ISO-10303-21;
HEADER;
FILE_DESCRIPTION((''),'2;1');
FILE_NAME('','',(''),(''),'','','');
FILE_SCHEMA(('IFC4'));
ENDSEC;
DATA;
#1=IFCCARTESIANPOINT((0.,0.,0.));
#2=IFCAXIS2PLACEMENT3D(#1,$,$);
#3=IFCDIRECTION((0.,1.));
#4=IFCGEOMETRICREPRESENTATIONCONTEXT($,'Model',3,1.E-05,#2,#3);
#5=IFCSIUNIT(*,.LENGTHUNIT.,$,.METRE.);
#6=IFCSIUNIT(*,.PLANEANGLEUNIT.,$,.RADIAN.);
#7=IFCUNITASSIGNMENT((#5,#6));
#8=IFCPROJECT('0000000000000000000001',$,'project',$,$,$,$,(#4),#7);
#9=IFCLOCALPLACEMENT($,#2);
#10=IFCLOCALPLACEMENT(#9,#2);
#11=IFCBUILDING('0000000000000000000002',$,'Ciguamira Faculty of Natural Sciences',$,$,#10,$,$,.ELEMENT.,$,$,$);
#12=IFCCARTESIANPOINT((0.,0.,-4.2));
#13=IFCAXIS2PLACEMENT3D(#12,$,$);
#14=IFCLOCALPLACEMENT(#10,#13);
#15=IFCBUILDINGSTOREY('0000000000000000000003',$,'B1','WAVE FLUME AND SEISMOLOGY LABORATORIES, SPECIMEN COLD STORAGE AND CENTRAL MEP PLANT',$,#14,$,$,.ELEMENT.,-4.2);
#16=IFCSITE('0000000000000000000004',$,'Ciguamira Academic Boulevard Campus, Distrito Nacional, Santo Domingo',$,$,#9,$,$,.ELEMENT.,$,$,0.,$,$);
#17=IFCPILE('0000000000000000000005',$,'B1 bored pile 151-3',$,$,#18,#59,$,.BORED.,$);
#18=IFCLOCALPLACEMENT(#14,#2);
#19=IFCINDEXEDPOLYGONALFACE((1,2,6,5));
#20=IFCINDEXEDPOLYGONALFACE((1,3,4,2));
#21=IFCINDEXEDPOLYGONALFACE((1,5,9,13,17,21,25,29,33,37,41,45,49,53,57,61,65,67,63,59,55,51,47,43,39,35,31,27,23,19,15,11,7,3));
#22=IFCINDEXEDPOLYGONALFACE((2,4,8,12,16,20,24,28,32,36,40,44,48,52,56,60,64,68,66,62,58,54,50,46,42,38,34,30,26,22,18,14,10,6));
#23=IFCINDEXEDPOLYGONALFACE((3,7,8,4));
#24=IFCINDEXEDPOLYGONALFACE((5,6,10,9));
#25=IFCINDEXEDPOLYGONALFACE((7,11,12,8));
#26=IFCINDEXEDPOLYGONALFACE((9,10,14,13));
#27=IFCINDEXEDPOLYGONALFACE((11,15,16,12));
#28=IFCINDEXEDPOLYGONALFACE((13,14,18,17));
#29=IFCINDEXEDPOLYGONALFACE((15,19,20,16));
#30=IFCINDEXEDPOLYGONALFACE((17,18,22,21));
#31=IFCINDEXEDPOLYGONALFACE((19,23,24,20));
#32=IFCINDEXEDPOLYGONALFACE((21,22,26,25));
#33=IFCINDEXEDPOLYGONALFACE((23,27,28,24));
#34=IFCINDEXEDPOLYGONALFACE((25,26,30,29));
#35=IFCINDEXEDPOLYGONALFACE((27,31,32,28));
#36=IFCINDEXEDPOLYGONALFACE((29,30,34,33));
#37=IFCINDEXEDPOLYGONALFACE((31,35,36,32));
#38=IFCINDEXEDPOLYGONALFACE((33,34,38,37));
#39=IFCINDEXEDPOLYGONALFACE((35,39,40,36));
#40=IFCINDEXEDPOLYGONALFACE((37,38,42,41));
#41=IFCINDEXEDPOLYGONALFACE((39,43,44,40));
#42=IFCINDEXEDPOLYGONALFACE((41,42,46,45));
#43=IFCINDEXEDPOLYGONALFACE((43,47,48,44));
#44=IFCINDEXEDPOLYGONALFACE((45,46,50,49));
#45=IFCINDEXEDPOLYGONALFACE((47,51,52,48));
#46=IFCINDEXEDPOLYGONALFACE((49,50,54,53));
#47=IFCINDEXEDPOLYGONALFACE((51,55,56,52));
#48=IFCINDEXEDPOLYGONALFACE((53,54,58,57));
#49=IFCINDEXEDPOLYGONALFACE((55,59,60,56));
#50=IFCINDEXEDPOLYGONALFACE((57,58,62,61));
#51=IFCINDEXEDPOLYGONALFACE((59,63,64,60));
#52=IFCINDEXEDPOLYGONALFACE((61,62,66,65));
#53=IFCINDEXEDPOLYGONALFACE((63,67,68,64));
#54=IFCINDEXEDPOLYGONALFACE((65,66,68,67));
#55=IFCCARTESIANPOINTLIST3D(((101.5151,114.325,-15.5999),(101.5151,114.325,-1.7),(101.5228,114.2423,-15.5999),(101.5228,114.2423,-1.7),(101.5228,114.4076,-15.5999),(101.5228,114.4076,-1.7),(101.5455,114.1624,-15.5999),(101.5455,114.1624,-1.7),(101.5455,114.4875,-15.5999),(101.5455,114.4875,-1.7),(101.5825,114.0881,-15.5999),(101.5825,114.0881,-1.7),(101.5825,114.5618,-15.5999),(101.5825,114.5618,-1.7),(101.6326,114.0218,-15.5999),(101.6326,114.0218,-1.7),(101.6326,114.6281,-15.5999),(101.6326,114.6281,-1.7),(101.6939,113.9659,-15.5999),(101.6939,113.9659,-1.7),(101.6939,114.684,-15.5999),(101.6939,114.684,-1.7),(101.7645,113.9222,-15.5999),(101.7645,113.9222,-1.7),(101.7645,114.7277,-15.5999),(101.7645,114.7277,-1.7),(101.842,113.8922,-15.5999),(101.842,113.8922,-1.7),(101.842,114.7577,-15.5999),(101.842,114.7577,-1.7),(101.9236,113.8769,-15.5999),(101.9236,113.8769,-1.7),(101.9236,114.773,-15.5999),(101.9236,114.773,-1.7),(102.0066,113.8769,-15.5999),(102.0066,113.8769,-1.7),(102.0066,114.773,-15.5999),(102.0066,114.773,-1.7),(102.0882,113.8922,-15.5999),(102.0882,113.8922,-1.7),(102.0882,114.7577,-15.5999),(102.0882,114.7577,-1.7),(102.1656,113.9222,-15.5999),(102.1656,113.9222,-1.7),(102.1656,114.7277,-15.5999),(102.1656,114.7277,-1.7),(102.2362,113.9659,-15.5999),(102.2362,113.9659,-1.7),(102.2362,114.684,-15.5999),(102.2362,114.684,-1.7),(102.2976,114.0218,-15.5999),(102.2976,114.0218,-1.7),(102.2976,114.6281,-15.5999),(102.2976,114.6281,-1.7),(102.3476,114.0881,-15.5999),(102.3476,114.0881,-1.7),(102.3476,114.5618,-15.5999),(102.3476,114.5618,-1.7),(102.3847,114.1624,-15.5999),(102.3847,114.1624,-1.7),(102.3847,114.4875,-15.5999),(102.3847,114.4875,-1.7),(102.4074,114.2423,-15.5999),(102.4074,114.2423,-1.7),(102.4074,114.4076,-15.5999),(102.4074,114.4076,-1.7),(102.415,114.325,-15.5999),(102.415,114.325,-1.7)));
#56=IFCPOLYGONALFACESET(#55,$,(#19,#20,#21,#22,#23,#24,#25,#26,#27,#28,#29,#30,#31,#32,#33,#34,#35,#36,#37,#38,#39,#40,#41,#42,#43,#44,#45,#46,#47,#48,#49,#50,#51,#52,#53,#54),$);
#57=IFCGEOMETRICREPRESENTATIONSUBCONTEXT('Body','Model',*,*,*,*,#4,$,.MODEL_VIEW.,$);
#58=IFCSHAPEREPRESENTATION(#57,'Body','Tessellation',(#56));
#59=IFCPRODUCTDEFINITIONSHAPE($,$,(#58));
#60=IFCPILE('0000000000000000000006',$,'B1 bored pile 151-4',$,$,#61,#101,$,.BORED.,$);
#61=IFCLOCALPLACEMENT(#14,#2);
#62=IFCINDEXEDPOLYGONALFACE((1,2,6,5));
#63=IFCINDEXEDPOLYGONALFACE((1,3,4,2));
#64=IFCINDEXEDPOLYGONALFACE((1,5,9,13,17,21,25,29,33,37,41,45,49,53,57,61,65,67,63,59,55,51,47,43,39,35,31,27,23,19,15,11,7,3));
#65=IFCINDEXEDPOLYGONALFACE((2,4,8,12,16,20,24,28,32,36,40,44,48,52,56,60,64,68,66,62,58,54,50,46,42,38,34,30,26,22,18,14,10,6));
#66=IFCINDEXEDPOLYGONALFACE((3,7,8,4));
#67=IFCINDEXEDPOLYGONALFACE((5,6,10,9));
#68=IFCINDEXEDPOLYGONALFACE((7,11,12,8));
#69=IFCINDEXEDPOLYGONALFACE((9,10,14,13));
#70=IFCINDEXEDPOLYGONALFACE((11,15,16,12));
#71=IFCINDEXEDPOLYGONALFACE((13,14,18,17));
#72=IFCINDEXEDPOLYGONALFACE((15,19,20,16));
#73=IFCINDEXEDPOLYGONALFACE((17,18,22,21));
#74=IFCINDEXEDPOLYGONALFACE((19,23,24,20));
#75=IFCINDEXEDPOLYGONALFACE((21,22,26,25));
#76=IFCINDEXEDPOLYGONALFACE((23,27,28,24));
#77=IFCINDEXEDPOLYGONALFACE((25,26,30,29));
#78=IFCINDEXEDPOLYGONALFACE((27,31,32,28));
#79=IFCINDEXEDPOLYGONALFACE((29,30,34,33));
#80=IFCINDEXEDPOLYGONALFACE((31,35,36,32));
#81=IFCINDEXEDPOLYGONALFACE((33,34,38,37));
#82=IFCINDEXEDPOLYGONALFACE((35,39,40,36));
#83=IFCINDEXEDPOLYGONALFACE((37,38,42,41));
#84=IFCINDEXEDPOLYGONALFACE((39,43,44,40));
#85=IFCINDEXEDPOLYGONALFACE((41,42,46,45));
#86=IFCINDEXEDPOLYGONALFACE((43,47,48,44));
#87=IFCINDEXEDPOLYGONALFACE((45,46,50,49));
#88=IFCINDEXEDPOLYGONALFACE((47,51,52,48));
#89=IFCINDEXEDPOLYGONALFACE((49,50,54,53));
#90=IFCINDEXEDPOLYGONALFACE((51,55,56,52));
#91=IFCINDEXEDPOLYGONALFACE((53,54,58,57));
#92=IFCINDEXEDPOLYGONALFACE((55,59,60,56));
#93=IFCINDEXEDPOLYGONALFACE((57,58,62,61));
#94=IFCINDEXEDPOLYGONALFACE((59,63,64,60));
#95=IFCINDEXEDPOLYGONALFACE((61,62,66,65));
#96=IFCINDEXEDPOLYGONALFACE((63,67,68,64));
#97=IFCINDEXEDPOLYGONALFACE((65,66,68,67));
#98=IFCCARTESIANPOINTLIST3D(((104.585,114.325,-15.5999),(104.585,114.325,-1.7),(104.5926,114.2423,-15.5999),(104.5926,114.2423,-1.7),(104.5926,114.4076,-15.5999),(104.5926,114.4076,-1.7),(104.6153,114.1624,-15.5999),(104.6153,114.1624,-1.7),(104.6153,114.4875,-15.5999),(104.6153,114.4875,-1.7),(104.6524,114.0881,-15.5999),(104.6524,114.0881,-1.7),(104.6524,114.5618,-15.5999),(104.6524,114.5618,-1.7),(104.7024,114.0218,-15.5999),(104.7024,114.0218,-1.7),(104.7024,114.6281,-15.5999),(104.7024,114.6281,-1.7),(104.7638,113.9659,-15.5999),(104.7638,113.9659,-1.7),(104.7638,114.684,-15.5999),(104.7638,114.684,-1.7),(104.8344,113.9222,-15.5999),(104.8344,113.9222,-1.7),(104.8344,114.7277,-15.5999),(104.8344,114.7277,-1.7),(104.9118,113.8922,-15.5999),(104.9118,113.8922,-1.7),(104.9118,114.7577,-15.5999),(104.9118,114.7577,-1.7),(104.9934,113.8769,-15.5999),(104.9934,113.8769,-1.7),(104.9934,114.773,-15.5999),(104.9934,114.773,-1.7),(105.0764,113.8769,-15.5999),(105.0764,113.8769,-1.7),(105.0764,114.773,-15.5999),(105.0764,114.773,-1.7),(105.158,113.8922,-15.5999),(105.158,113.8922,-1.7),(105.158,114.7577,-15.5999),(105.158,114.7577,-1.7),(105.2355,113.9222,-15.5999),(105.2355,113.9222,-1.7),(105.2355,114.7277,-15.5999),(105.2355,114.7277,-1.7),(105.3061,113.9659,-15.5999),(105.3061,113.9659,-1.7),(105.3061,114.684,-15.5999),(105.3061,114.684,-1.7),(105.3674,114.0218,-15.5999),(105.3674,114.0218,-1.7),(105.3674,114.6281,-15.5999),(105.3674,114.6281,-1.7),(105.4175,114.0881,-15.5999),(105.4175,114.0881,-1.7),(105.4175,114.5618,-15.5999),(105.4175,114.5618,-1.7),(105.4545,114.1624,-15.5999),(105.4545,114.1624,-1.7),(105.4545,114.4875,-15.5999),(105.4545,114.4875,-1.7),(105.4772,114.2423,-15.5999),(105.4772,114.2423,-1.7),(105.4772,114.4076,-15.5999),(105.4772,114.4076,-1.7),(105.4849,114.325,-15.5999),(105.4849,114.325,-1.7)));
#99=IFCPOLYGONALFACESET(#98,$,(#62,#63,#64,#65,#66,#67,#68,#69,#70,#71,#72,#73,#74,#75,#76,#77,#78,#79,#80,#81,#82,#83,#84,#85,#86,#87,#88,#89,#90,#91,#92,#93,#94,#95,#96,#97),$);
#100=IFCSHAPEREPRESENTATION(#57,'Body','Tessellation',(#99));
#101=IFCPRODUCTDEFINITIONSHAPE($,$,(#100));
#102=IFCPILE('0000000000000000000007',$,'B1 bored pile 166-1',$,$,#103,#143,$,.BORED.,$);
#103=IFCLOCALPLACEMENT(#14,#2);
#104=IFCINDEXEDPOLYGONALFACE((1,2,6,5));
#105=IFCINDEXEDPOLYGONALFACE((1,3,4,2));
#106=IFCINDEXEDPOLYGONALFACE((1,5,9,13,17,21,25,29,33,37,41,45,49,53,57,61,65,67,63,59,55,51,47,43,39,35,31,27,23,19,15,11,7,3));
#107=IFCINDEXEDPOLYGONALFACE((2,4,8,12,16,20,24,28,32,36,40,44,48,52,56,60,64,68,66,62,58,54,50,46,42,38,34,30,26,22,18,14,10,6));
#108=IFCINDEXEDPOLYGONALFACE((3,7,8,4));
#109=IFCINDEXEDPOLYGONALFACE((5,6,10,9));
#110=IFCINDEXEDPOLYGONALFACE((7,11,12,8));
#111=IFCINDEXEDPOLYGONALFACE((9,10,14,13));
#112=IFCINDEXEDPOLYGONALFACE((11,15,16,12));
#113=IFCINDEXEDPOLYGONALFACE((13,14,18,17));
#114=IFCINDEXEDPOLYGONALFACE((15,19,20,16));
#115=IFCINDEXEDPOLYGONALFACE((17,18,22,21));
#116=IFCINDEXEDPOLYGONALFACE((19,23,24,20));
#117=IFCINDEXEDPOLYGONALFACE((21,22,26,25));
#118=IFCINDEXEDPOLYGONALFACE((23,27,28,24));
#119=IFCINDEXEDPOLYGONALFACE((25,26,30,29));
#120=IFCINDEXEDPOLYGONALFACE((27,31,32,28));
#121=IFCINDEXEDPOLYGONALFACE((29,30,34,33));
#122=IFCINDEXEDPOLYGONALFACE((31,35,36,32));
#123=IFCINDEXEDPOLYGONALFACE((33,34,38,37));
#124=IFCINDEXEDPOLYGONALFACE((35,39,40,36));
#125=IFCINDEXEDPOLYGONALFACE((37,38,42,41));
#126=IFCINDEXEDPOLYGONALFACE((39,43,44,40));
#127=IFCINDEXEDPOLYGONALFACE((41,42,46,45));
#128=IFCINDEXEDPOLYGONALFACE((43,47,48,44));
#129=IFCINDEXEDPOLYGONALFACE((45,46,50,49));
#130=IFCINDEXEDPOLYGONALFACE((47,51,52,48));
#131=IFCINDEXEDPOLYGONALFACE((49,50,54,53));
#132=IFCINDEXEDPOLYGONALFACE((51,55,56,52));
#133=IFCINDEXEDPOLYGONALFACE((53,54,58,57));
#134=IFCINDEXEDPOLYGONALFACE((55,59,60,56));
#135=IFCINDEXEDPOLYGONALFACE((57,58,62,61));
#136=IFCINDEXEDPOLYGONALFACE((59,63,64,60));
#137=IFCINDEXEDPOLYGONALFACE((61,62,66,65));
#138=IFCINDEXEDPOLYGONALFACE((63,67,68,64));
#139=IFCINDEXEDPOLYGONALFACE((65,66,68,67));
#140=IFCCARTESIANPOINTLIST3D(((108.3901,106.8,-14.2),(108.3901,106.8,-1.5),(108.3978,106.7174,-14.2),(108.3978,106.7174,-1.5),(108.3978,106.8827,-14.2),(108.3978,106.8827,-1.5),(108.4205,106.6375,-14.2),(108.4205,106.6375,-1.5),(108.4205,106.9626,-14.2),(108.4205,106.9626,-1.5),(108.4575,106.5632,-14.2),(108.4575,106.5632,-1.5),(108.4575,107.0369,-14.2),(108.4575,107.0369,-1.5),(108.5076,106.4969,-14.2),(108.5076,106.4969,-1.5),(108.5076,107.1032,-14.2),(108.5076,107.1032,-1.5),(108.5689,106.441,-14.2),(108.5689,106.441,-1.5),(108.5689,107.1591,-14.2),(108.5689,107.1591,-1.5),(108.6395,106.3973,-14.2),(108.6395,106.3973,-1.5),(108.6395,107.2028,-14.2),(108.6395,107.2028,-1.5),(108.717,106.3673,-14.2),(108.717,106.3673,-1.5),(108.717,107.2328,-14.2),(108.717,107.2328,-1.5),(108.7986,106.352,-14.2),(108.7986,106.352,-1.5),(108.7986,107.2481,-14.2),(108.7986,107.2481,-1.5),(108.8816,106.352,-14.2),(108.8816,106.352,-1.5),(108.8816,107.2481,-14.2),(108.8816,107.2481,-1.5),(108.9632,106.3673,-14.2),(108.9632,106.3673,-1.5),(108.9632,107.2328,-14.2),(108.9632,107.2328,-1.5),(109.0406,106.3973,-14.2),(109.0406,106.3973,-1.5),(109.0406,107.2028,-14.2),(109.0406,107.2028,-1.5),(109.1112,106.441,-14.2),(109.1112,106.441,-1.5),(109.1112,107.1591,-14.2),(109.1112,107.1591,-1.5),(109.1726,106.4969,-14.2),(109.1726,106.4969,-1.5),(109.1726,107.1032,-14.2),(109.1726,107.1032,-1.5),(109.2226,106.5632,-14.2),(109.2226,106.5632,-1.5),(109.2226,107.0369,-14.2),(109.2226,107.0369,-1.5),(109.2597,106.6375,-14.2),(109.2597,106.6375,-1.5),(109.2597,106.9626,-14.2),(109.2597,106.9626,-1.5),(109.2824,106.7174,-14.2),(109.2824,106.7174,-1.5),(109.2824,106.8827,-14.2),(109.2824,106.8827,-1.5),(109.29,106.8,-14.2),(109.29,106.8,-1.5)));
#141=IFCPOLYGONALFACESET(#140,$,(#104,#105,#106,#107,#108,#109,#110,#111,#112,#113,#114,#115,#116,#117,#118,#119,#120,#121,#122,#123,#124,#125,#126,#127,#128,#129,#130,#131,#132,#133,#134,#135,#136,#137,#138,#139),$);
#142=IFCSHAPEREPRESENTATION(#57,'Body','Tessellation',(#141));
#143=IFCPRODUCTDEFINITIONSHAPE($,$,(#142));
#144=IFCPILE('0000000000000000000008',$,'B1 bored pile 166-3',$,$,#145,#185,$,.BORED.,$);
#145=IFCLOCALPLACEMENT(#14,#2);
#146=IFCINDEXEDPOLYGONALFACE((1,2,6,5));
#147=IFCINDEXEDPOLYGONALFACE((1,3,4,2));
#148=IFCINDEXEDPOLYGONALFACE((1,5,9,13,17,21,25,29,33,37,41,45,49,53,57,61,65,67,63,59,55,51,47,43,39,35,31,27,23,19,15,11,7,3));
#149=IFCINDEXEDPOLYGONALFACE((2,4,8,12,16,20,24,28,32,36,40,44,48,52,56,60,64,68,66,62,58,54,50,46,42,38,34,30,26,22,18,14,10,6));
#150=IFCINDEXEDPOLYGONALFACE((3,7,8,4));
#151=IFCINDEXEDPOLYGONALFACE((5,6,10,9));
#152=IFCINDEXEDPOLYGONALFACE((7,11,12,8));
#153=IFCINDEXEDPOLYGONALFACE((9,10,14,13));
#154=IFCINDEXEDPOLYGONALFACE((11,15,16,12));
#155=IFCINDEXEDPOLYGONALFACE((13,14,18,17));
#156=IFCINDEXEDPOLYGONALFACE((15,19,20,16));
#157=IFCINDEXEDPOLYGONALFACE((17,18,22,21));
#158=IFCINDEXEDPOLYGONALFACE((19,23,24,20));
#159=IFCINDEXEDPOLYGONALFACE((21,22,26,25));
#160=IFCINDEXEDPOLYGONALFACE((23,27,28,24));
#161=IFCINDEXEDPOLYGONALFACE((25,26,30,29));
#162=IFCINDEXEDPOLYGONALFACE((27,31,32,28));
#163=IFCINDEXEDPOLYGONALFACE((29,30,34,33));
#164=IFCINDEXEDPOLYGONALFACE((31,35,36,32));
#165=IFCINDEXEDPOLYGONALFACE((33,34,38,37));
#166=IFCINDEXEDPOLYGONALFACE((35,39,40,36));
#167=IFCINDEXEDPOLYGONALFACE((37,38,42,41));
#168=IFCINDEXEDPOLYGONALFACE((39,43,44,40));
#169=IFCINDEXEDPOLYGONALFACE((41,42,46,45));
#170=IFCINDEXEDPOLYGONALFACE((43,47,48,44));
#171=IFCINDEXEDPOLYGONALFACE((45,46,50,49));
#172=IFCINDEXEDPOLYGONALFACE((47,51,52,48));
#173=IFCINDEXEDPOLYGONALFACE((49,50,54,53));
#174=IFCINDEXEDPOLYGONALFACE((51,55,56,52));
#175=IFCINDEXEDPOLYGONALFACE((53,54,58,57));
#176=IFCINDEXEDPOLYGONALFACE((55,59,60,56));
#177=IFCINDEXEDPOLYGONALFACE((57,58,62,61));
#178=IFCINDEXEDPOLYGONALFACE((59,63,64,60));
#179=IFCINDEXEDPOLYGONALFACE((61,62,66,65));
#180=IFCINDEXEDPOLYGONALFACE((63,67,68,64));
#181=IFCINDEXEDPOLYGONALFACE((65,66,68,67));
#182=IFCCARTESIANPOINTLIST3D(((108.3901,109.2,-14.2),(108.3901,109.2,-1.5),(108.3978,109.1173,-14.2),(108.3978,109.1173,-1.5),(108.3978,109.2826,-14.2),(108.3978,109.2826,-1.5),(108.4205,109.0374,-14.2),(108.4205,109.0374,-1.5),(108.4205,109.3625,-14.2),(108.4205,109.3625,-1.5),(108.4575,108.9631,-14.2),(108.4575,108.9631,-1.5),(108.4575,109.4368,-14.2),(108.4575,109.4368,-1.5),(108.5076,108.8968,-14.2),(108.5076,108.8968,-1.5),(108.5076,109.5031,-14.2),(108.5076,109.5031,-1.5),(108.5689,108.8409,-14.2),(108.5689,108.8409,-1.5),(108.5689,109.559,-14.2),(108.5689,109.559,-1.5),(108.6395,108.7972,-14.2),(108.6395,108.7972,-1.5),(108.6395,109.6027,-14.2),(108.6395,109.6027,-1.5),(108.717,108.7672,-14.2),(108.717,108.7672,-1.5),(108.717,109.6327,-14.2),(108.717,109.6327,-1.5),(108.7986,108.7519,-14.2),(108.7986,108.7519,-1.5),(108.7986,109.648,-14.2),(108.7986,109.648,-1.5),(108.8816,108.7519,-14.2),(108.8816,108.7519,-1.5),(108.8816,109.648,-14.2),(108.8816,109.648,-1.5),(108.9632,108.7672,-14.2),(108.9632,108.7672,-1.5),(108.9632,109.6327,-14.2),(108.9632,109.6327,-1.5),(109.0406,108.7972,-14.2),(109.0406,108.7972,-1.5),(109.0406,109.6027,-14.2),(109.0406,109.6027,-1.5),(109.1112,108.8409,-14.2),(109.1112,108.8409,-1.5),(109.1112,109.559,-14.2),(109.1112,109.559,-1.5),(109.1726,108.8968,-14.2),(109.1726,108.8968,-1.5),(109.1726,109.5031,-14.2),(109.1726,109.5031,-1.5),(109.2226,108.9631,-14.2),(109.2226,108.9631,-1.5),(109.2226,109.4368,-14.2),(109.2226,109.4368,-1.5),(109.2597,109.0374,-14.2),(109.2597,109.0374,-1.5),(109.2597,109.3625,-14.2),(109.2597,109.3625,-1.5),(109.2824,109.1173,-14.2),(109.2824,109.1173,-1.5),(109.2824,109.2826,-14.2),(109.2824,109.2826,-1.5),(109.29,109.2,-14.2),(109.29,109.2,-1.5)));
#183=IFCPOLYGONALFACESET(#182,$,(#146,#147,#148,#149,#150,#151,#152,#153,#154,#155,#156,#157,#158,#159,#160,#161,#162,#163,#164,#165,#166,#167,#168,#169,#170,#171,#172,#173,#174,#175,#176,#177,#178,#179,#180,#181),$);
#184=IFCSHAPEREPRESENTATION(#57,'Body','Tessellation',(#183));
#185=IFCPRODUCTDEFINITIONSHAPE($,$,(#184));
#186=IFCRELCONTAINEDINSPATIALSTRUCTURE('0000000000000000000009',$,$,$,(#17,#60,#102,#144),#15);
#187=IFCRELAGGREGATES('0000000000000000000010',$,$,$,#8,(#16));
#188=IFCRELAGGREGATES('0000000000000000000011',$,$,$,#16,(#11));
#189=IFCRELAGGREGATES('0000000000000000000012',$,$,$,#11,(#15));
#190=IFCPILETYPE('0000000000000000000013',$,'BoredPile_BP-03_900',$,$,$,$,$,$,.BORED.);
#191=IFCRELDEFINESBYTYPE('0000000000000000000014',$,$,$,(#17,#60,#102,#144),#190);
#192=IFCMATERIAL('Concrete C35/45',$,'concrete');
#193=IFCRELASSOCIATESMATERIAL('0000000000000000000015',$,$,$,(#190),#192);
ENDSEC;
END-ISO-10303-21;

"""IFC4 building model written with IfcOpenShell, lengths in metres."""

from ifc_helpers import new_model, si_unit, direction, frame, origin, origin_2d, place, context, subcontext, project, spatial, circle, extrude, material, material_profile, profile_set, type_object, element, save


model = new_model("IFC4")

# Units and contexts
model_context = context("Model", 3, precision=1e-05, world=origin(), true_north=direction((0.0, 1.0)))
body_context = subcontext(model_context, "Body", "Model", "MODEL_VIEW")
ifc_project = project(units=[si_unit("LENGTHUNIT", "METRE"), si_unit("PLANEANGLEUNIT", "RADIAN")], contexts=[model_context])

# Site, building, storey
site_placement = place(None, origin())
site = spatial("IfcSite", under=ifc_project, at=site_placement, Name="Ciguamira Academic Boulevard Campus, Distrito Nacional, Santo Domingo", CompositionType="ELEMENT", RefElevation=0.0)
building_placement = place(site_placement, origin())
building = spatial("IfcBuilding", under=site, at=building_placement, Name="Ciguamira Faculty of Natural Sciences", CompositionType="ELEMENT")
storey_placement = place(building_placement, frame((0.0, 0.0, -4.2)))
storey = spatial("IfcBuildingStorey", under=building, at=storey_placement, Name="B1", Description="WAVE FLUME AND SEISMOLOGY LABORATORIES, SPECIMEN COLD STORAGE AND CENTRAL MEP PLANT", CompositionType="ELEMENT", Elevation=-4.2)

# Piles
ifc_material_1 = material(Name="Concrete C35/45", Category="concrete")
ifc_material_profile_1 = material_profile(ifc_material_1, circle(Radius=0.45, at=origin_2d()), Name="PILE-BORED-900")
ifc_profile_set_1 = profile_set([ifc_material_profile_1], Name="Concrete C35/45")
pile_type_1 = type_object("IfcPileType", Name="BoredPile_BP-03_900", PredefinedType="BORED", material=ifc_profile_set_1)
for number, where, z_axis, x_axis, name in (
    (1, (101.9651, 114.325, -1.7), (0.0, 0.0, -1.0), (1.0, 0.0, 0.0), "B1 bored pile 151-3"),
    (2, (105.0349, 114.325, -1.7), (0.0, 0.0, -1.0), (1.0, 0.0, 0.0), "B1 bored pile 151-4"),
):
    element("IfcPile", number, at=place(storey_placement, frame(where, z_axis=z_axis, x_axis=x_axis)), inside=storey, type_object=pile_type_1, Name=name, PredefinedType="BORED", context=body_context, shape_type="SweptSolid", body=[
        extrude(circle(Radius=0.45, at=origin_2d()), origin(), (0.0, 0.0, 1.0), 13.8999),
    ])
for number, where, z_axis, x_axis, name in (
    (3, (108.8401, 106.8, -1.5), (0.0, 0.0, -1.0), (1.0, 0.0, 0.0), "B1 bored pile 166-1"),
    (4, (108.8401, 109.2, -1.5), (0.0, 0.0, -1.0), (1.0, 0.0, 0.0), "B1 bored pile 166-3"),
):
    element("IfcPile", number, at=place(storey_placement, frame(where, z_axis=z_axis, x_axis=x_axis)), inside=storey, type_object=pile_type_1, Name=name, PredefinedType="BORED", context=body_context, shape_type="SweptSolid", body=[
        extrude(circle(Radius=0.45, at=origin_2d()), origin(), (0.0, 0.0, 1.0), 12.7),
    ])

save(model, "model.ifc")
